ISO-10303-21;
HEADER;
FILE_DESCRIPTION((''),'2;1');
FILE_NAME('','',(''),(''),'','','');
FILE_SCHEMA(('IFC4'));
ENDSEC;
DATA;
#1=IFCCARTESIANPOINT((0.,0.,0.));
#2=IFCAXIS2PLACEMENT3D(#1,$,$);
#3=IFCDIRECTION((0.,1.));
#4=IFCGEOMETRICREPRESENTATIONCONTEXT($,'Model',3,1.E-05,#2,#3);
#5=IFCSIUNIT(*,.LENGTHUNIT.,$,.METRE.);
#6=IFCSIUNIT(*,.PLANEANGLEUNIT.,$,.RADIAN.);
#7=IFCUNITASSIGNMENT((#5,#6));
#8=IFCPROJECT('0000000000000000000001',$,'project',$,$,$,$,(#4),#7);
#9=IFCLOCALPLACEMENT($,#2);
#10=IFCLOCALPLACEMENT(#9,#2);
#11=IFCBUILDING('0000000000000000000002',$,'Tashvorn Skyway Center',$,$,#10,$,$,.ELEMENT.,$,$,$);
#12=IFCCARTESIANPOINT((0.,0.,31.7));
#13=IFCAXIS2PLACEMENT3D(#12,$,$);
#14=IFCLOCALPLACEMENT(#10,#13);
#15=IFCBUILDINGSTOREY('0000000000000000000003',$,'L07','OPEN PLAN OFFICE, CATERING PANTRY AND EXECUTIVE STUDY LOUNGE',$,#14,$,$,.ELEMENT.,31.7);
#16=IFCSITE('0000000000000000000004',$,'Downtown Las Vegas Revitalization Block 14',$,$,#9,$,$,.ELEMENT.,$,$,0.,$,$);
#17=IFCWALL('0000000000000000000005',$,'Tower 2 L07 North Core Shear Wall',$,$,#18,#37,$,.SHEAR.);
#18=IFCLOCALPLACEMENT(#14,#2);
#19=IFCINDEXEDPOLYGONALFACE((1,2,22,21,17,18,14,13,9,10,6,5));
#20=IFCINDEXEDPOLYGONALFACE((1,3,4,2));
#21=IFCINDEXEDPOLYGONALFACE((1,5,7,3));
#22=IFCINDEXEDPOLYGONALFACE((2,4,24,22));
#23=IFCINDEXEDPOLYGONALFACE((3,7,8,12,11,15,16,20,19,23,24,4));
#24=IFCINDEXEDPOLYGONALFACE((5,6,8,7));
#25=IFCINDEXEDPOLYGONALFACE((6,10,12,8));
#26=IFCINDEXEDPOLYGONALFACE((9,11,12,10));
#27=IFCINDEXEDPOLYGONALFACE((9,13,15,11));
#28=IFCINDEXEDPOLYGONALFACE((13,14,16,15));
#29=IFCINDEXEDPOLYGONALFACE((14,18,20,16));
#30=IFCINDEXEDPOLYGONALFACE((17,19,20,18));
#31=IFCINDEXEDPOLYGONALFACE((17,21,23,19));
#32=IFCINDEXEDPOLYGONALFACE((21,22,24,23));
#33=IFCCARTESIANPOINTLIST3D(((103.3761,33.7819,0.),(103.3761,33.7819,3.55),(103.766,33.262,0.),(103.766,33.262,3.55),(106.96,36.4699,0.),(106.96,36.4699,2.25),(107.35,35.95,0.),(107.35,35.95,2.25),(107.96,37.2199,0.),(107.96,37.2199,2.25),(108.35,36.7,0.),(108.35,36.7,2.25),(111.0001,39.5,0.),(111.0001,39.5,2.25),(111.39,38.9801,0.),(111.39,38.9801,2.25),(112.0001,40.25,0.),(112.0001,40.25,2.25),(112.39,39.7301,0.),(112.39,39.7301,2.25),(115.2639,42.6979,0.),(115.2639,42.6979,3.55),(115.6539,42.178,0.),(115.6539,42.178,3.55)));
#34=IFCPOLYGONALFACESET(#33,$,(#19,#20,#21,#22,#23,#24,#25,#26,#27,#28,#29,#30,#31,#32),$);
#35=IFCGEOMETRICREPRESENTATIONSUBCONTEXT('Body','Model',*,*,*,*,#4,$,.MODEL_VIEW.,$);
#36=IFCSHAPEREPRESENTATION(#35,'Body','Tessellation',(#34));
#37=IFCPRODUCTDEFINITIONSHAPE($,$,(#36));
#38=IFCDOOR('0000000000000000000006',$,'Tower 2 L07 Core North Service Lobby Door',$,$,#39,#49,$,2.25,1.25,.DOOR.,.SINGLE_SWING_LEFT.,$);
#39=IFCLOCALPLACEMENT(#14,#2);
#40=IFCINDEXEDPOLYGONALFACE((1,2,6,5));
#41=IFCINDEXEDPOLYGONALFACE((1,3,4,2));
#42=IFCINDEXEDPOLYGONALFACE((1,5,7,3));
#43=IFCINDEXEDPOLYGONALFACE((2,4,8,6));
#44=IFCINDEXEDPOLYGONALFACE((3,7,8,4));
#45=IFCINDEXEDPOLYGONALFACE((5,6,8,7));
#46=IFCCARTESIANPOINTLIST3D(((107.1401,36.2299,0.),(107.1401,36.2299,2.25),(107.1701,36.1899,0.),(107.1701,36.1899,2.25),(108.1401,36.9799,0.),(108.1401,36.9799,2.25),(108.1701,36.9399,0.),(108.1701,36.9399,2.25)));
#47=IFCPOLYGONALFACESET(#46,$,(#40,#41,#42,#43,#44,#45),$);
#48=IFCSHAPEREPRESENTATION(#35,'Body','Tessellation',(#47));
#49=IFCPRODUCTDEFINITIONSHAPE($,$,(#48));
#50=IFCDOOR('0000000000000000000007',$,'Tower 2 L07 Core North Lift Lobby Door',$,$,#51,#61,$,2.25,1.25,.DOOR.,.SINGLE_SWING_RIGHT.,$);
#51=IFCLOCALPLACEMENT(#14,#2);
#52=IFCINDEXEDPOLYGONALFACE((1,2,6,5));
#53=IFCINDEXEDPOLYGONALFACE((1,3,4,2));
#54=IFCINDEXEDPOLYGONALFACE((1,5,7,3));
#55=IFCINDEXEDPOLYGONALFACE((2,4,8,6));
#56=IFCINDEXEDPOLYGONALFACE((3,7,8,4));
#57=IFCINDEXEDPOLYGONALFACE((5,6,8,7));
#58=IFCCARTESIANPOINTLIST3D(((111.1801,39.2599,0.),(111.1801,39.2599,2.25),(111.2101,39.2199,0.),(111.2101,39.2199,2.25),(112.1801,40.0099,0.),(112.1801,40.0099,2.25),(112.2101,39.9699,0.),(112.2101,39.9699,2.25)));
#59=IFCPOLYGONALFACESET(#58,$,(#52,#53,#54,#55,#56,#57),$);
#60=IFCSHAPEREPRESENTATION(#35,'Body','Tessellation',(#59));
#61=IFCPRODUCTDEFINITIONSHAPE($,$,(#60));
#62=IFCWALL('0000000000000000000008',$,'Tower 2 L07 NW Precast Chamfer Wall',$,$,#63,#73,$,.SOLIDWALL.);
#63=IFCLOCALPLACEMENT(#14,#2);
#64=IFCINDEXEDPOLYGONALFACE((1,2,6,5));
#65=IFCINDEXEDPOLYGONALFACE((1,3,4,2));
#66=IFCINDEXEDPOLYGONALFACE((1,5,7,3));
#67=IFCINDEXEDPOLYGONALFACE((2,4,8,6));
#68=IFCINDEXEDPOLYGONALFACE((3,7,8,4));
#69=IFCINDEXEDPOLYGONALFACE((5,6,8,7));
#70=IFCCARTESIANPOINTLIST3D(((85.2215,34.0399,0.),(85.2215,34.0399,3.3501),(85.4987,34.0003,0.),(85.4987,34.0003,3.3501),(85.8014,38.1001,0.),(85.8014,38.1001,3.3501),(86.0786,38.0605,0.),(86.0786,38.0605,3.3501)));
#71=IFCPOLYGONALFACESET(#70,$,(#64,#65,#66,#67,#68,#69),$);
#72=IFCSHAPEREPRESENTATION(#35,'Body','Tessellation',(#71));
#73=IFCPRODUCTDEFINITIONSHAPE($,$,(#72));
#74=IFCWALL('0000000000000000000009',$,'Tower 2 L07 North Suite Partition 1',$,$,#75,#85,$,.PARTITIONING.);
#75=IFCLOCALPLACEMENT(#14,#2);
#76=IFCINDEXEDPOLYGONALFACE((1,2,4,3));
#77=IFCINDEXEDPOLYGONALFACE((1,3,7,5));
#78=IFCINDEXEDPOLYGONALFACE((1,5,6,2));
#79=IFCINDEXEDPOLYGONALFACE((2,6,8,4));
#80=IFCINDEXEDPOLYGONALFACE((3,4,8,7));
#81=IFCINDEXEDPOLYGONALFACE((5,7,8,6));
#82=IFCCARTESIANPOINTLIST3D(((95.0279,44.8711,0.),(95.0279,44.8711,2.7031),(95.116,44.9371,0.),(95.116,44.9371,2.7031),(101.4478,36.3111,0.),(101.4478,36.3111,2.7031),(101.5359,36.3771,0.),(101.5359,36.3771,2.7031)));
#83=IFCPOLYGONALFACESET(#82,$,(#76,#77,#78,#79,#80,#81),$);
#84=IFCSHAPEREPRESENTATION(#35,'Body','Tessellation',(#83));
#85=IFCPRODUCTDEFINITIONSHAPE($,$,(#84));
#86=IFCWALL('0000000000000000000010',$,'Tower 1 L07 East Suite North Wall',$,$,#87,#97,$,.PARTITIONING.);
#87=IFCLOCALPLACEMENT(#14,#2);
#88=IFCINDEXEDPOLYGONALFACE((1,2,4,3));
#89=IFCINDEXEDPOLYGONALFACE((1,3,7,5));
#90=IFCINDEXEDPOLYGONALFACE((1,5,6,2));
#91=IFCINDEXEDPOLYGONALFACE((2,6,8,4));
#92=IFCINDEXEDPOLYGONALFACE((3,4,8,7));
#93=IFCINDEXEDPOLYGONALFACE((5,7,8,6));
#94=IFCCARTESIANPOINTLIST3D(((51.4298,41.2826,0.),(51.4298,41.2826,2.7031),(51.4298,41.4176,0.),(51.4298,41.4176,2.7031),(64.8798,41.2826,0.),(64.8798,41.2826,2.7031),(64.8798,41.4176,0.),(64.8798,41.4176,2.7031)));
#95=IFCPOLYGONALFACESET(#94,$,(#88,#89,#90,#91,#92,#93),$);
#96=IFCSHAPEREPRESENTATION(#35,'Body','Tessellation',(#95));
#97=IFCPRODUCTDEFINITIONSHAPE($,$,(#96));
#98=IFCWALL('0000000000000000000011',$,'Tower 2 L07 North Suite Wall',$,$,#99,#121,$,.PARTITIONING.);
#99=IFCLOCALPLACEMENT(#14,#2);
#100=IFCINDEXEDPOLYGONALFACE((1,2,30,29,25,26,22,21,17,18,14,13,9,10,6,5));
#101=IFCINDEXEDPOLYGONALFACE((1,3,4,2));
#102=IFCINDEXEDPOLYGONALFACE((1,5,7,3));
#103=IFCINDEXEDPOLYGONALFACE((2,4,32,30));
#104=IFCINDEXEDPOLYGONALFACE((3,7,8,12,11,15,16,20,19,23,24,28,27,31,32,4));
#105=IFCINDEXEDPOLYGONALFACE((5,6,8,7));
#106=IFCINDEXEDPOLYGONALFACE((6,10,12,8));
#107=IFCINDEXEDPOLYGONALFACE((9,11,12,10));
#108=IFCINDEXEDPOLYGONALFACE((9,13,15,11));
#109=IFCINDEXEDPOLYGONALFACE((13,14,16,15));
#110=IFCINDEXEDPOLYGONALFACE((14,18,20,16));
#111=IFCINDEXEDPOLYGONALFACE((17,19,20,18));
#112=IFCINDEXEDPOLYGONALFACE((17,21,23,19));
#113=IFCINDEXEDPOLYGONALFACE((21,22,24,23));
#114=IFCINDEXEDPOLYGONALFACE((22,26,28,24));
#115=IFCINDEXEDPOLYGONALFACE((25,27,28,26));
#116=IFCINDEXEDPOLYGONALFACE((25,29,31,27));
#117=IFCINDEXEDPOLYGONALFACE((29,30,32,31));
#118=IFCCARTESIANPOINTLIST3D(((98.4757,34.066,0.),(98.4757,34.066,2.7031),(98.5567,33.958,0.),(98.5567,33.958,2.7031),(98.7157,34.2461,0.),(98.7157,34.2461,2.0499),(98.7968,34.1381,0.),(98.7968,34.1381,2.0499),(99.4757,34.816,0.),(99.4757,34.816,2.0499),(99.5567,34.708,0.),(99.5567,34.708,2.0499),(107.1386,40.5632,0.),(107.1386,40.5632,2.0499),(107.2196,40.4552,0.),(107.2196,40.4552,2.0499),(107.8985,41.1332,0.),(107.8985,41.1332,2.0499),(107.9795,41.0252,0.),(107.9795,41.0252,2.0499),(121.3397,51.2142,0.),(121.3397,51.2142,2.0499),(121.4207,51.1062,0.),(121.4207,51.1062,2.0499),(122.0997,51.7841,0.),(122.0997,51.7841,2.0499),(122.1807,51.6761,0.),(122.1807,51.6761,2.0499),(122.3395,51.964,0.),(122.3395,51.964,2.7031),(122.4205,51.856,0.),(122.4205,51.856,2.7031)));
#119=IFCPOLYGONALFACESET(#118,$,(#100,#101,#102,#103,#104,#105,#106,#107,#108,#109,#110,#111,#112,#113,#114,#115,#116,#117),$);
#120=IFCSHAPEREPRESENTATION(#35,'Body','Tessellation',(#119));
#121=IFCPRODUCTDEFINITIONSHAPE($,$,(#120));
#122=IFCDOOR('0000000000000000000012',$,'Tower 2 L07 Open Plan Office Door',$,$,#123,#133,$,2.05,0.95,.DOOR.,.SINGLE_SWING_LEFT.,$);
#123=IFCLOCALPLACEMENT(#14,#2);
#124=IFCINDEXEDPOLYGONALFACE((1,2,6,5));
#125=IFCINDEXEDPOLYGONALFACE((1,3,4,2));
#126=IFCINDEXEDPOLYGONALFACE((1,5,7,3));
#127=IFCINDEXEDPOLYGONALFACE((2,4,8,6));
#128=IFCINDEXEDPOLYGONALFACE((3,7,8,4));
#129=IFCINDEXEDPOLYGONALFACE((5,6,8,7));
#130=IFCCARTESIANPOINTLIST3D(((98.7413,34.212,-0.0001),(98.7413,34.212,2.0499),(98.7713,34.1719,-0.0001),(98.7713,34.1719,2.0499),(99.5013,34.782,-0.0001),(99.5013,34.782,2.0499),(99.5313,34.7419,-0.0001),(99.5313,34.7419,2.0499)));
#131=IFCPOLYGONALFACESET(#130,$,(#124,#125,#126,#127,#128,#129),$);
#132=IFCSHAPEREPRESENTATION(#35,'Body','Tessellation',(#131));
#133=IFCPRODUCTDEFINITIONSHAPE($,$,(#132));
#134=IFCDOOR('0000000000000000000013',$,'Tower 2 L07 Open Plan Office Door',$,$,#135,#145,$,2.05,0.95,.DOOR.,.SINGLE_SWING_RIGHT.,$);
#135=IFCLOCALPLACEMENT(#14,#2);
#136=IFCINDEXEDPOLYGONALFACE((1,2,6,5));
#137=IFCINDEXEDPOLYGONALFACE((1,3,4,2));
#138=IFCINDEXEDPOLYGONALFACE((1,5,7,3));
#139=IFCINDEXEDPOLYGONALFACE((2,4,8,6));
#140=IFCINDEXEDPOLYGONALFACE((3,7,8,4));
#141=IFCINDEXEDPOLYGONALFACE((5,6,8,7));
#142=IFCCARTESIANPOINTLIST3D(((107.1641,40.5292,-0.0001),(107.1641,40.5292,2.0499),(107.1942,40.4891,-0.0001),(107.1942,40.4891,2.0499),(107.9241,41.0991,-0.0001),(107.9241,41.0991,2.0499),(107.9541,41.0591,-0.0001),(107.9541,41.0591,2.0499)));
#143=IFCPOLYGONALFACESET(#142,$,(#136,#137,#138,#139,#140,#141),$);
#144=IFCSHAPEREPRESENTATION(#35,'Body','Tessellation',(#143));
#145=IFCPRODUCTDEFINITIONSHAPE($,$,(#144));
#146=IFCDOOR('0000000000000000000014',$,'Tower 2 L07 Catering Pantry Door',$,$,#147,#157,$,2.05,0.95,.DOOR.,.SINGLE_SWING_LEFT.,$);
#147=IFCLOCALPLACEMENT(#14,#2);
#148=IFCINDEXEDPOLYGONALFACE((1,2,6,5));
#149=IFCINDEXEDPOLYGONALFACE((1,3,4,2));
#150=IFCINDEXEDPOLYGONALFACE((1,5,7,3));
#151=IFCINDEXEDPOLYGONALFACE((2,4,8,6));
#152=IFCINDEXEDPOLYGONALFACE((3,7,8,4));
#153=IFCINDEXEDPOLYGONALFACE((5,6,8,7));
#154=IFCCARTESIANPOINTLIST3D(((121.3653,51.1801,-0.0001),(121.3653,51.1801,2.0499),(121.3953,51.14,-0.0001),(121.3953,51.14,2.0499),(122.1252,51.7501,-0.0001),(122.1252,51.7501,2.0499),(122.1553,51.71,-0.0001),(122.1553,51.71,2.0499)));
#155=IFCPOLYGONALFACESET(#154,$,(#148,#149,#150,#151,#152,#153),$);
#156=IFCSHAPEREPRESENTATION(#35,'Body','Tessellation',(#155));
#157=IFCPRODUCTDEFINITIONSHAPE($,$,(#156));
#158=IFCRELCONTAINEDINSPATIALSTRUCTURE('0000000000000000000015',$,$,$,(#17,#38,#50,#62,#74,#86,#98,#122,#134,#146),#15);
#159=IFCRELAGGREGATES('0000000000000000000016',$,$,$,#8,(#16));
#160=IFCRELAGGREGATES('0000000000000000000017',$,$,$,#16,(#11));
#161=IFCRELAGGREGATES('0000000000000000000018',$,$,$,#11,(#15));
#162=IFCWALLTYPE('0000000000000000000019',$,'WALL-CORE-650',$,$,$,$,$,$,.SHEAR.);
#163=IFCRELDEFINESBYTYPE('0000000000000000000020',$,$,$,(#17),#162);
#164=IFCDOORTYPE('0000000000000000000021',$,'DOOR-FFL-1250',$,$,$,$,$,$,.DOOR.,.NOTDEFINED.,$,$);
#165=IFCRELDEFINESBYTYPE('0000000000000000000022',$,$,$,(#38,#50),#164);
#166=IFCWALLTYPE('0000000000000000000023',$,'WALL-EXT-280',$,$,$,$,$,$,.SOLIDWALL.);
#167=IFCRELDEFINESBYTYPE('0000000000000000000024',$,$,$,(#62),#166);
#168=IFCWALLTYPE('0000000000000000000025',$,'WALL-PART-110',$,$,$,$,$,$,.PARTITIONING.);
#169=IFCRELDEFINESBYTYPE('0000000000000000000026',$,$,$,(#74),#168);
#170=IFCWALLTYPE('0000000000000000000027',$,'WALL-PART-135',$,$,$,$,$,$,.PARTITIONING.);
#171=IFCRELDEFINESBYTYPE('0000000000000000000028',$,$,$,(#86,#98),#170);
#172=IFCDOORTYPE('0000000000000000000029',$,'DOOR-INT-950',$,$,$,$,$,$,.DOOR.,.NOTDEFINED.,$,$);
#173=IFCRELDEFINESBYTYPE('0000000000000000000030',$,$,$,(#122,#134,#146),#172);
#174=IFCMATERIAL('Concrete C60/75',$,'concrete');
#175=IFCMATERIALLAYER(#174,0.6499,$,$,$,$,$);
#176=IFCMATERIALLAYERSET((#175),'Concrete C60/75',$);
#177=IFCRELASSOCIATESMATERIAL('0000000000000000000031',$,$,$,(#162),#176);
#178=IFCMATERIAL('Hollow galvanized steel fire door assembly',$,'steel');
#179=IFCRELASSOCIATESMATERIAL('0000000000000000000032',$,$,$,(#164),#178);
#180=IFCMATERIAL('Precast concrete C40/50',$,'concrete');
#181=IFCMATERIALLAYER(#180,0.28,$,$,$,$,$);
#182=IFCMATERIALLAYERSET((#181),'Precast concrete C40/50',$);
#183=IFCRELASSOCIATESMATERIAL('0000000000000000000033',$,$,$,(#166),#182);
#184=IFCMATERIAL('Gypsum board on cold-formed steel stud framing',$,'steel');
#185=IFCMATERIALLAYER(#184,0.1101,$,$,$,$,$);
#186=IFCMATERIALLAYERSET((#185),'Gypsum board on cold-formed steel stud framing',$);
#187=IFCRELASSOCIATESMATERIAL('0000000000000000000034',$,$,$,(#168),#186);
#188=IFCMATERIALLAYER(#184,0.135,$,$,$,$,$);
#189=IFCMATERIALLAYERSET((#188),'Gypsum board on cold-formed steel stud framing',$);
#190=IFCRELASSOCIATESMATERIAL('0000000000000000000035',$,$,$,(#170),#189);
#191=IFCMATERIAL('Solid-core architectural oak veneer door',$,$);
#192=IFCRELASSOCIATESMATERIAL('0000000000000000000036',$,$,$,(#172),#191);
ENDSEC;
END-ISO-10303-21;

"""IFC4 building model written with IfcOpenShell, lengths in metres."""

from ifc_helpers import new_model, si_unit, direction, frame, frame_2d, origin, place, context, subcontext, project, spatial, rectangle, extrude, material, layer, layer_set, type_object, element, fill, save


model = new_model("IFC4")

# Units and contexts
model_context = context("Model", 3, precision=1e-05, world=origin(), true_north=direction((0.0, 1.0)))
body_context = subcontext(model_context, "Body", "Model", "MODEL_VIEW")
ifc_project = project(units=[si_unit("LENGTHUNIT", "METRE"), si_unit("PLANEANGLEUNIT", "RADIAN")], contexts=[model_context])

# Site, building, storey
site_placement = place(None, origin())
site = spatial("IfcSite", under=ifc_project, at=site_placement, Name="Downtown Las Vegas Revitalization Block 14", CompositionType="ELEMENT", RefElevation=0.0)
building_placement = place(site_placement, origin())
building = spatial("IfcBuilding", under=site, at=building_placement, Name="Tashvorn Skyway Center", CompositionType="ELEMENT")
storey_placement = place(building_placement, frame((0.0, 0.0, 31.7)))
storey = spatial("IfcBuildingStorey", under=building, at=storey_placement, Name="L07", Description="OPEN PLAN OFFICE, CATERING PANTRY AND EXECUTIVE STUDY LOUNGE", CompositionType="ELEMENT", Elevation=31.7)

# Wall, openings, doors
ifc_material_1 = material(Name="Concrete C60/75", Category="concrete")
ifc_layer_1 = layer(ifc_material_1, 0.6499)
ifc_layer_set_1 = layer_set([ifc_layer_1], Name="Concrete C60/75")
wall_type_1 = type_object("IfcWallType", Name="WALL-CORE-650", PredefinedType="SHEAR", material=ifc_layer_set_1)
wall_1_placement = place(storey_placement, frame((103.571, 33.522, 0.0), z_axis=(0.0, 0.0, 1.0), x_axis=(0.799998, 0.600003, 0.0)))
wall_1 = element("IfcWall", 1, at=wall_1_placement, inside=storey, type_object=wall_type_1, Name="Tower 2 L07 North Core Shear Wall", PredefinedType="SHEAR", context=body_context, shape_type="SweptSolid", body=[
    extrude(rectangle(XDim=14.8599, YDim=0.6499, at=frame_2d((7.4299, 0.0))), origin(), (0.0, 0.0, 1.0), 3.55),
])
opening_1_placement = place(wall_1_placement, frame((4.48, 0.0, 0.0)))
opening_1 = element("IfcOpeningElement", 2, at=opening_1_placement, cuts=wall_1, PredefinedType="OPENING", context=body_context, shape_type="SweptSolid", body=[
    extrude(rectangle(XDim=1.25, YDim=2.25, at=frame_2d((0.625, 1.125))), frame((0.0, 0.335, 0.0), z_axis=(0.0, -1.0, 0.0), x_axis=(1.0, 0.0, 0.0)), (0.0, 0.0, 1.0), 0.6699),
])
opening_2_placement = place(wall_1_placement, frame((9.53, 0.0, 0.0)))
opening_2 = element("IfcOpeningElement", 3, at=opening_2_placement, cuts=wall_1, PredefinedType="OPENING", context=body_context, shape_type="SweptSolid", body=[
    extrude(rectangle(XDim=1.25, YDim=2.25, at=frame_2d((0.625, 1.125))), frame((0.0, 0.335, 0.0), z_axis=(0.0, -1.0, 0.0), x_axis=(1.0, 0.0, 0.0)), (0.0, 0.0, 1.0), 0.6699),
])
ifc_material_2 = material(Name="Hollow galvanized steel fire door assembly", Category="steel")
door_type_1 = type_object("IfcDoorType", Name="DOOR-FFL-1250", OperationType="NOTDEFINED", PredefinedType="DOOR", material=ifc_material_2)
door_1_placement = place(opening_1_placement, origin())
door_1 = element("IfcDoor", 4, at=door_1_placement, inside=storey, type_object=door_type_1, Name="Tower 2 L07 Core North Service Lobby Door", OperationType="SINGLE_SWING_LEFT", OverallHeight=2.25, OverallWidth=1.25, PredefinedType="DOOR", context=body_context, shape_type="SweptSolid", body=[
    extrude(rectangle(XDim=1.25, YDim=2.25, at=frame_2d((0.625, 1.125))), frame((0.0, 0.0249, 0.0), z_axis=(0.0, -1.0, 0.0), x_axis=(1.0, 0.0, 0.0)), (0.0, 0.0, 1.0), 0.05),
])
fill(opening_1, door_1)
door_2_placement = place(opening_2_placement, origin())
door_2 = element("IfcDoor", 5, at=door_2_placement, inside=storey, type_object=door_type_1, Name="Tower 2 L07 Core North Lift Lobby Door", OperationType="SINGLE_SWING_RIGHT", OverallHeight=2.25, OverallWidth=1.25, PredefinedType="DOOR", context=body_context, shape_type="SweptSolid", body=[
    extrude(rectangle(XDim=1.25, YDim=2.25, at=frame_2d((0.625, 1.125))), frame((0.0, 0.0249, 0.0), z_axis=(0.0, -1.0, 0.0), x_axis=(1.0, 0.0, 0.0)), (0.0, 0.0, 1.0), 0.05),
])
fill(opening_2, door_2)

# Walls
ifc_material_3 = material(Name="Precast concrete C40/50", Category="concrete")
ifc_layer_2 = layer(ifc_material_3, 0.28)
ifc_layer_set_2 = layer_set([ifc_layer_2], Name="Precast concrete C40/50")
wall_type_2 = type_object("IfcWallType", Name="WALL-EXT-280", PredefinedType="SOLIDWALL", material=ifc_layer_set_2)
wall_2_placement = place(storey_placement, frame((85.3601, 34.02, 0.0), z_axis=(0.0, 0.0, 1.0), x_axis=(0.14138, 0.989955, 0.0)))
element("IfcWall", 6, at=wall_2_placement, inside=storey, type_object=wall_type_2, Name="Tower 2 L07 NW Precast Chamfer Wall", PredefinedType="SOLIDWALL", context=body_context, shape_type="SweptSolid", body=[
    extrude(rectangle(XDim=4.1013, YDim=0.28, at=frame_2d((2.0508, 0.0))), origin(), (0.0, 0.0, 1.0), 3.3501),
])
ifc_material_4 = material(Name="Gypsum board on cold-formed steel stud framing", Category="steel")
ifc_layer_3 = layer(ifc_material_4, 0.1101)
ifc_layer_set_3 = layer_set([ifc_layer_3], Name="Gypsum board on cold-formed steel stud framing")
wall_type_3 = type_object("IfcWallType", Name="WALL-PART-110", PredefinedType="PARTITIONING", material=ifc_layer_set_3)
wall_3_placement = place(storey_placement, frame((101.4919, 36.344, 0.0), z_axis=(0.0, 0.0, 1.0), x_axis=(-0.599993, 0.800005, 0.0)))
element("IfcWall", 7, at=wall_3_placement, inside=storey, type_object=wall_type_3, Name="Tower 2 L07 North Suite Partition 1", PredefinedType="PARTITIONING", context=body_context, shape_type="SweptSolid", body=[
    extrude(rectangle(XDim=10.7, YDim=0.1101, at=frame_2d((5.3501, 0.0))), origin(), (0.0, 0.0, 1.0), 2.7031),
])
ifc_layer_4 = layer(ifc_material_4, 0.135)
ifc_layer_set_4 = layer_set([ifc_layer_4], Name="Gypsum board on cold-formed steel stud framing")
wall_type_4 = type_object("IfcWallType", Name="WALL-PART-135", PredefinedType="PARTITIONING", material=ifc_layer_set_4)
wall_4_placement = place(storey_placement, frame((64.8799, 41.3501, 0.0), z_axis=(0.0, 0.0, 1.0), x_axis=(-1.0, 0.0, 0.0)))
element("IfcWall", 8, at=wall_4_placement, inside=storey, type_object=wall_type_4, Name="Tower 1 L07 East Suite North Wall", PredefinedType="PARTITIONING", context=body_context, shape_type="SweptSolid", body=[
    extrude(rectangle(XDim=13.45, YDim=0.135, at=frame_2d((6.7251, 0.0))), origin(), (0.0, 0.0, 1.0), 2.7031),
])

# Wall, openings, doors
wall_5_placement = place(storey_placement, frame((98.5161, 34.012, 0.0), z_axis=(0.0, 0.0, 1.0), x_axis=(0.799998, 0.600003, 0.0)))
wall_5 = element("IfcWall", 9, at=wall_5_placement, inside=storey, type_object=wall_type_4, Name="Tower 2 L07 North Suite Wall", PredefinedType="PARTITIONING", context=body_context, shape_type="SweptSolid", body=[
    extrude(rectangle(XDim=29.8298, YDim=0.135, at=frame_2d((14.915, 0.0))), origin(), (0.0, 0.0, 1.0), 2.7031),
])
opening_3_placement = place(wall_5_placement, frame((0.3, 0.0, 0.0)))
opening_3 = element("IfcOpeningElement", 10, at=opening_3_placement, cuts=wall_5, PredefinedType="OPENING", context=body_context, shape_type="SweptSolid", body=[
    extrude(rectangle(XDim=0.95, YDim=2.05, at=frame_2d((0.4751, 1.0249))), frame((0.0, 0.0774, 0.0), z_axis=(0.0, -1.0, 0.0), x_axis=(1.0, 0.0, 0.0)), (0.0, 0.0, 1.0), 0.155),
])
opening_4_placement = place(wall_5_placement, frame((10.8286, 0.0, 0.0)))
opening_4 = element("IfcOpeningElement", 11, at=opening_4_placement, cuts=wall_5, PredefinedType="OPENING", context=body_context, shape_type="SweptSolid", body=[
    extrude(rectangle(XDim=0.95, YDim=2.05, at=frame_2d((0.4751, 1.0249))), frame((0.0, 0.0774, 0.0), z_axis=(0.0, -1.0, 0.0), x_axis=(1.0, 0.0, 0.0)), (0.0, 0.0, 1.0), 0.155),
])
opening_5_placement = place(wall_5_placement, frame((28.5801, 0.0, 0.0)))
opening_5 = element("IfcOpeningElement", 12, at=opening_5_placement, cuts=wall_5, PredefinedType="OPENING", context=body_context, shape_type="SweptSolid", body=[
    extrude(rectangle(XDim=0.95, YDim=2.05, at=frame_2d((0.4751, 1.0249))), frame((0.0, 0.0774, 0.0), z_axis=(0.0, -1.0, 0.0), x_axis=(1.0, 0.0, 0.0)), (0.0, 0.0, 1.0), 0.155),
])
ifc_material_5 = material(Name="Solid-core architectural oak veneer door")
door_type_2 = type_object("IfcDoorType", Name="DOOR-INT-950", OperationType="NOTDEFINED", PredefinedType="DOOR", material=ifc_material_5)
door_3_placement = place(opening_3_placement, origin())
door_3 = element("IfcDoor", 13, at=door_3_placement, inside=storey, type_object=door_type_2, Name="Tower 2 L07 Open Plan Office Door", OperationType="SINGLE_SWING_LEFT", OverallHeight=2.05, OverallWidth=0.95, PredefinedType="DOOR", context=body_context, shape_type="SweptSolid", body=[
    extrude(rectangle(XDim=0.95, YDim=2.05, at=frame_2d((0.4751, 1.0249))), frame((0.0, 0.0249, 0.0), z_axis=(0.0, -1.0, 0.0), x_axis=(1.0, 0.0, 0.0)), (0.0, 0.0, 1.0), 0.05),
])
fill(opening_3, door_3)
door_4_placement = place(opening_4_placement, origin())
door_4 = element("IfcDoor", 14, at=door_4_placement, inside=storey, type_object=door_type_2, Name="Tower 2 L07 Open Plan Office Door", OperationType="SINGLE_SWING_RIGHT", OverallHeight=2.05, OverallWidth=0.95, PredefinedType="DOOR", context=body_context, shape_type="SweptSolid", body=[
    extrude(rectangle(XDim=0.95, YDim=2.05, at=frame_2d((0.4751, 1.0249))), frame((0.0, 0.0249, 0.0), z_axis=(0.0, -1.0, 0.0), x_axis=(1.0, 0.0, 0.0)), (0.0, 0.0, 1.0), 0.05),
])
fill(opening_4, door_4)
door_5_placement = place(opening_5_placement, origin())
door_5 = element("IfcDoor", 15, at=door_5_placement, inside=storey, type_object=door_type_2, Name="Tower 2 L07 Catering Pantry Door", OperationType="SINGLE_SWING_LEFT", OverallHeight=2.05, OverallWidth=0.95, PredefinedType="DOOR", context=body_context, shape_type="SweptSolid", body=[
    extrude(rectangle(XDim=0.95, YDim=2.05, at=frame_2d((0.4751, 1.0249))), frame((0.0, 0.0249, 0.0), z_axis=(0.0, -1.0, 0.0), x_axis=(1.0, 0.0, 0.0)), (0.0, 0.0, 1.0), 0.05),
])
fill(opening_5, door_5)

save(model, "model.ifc")
